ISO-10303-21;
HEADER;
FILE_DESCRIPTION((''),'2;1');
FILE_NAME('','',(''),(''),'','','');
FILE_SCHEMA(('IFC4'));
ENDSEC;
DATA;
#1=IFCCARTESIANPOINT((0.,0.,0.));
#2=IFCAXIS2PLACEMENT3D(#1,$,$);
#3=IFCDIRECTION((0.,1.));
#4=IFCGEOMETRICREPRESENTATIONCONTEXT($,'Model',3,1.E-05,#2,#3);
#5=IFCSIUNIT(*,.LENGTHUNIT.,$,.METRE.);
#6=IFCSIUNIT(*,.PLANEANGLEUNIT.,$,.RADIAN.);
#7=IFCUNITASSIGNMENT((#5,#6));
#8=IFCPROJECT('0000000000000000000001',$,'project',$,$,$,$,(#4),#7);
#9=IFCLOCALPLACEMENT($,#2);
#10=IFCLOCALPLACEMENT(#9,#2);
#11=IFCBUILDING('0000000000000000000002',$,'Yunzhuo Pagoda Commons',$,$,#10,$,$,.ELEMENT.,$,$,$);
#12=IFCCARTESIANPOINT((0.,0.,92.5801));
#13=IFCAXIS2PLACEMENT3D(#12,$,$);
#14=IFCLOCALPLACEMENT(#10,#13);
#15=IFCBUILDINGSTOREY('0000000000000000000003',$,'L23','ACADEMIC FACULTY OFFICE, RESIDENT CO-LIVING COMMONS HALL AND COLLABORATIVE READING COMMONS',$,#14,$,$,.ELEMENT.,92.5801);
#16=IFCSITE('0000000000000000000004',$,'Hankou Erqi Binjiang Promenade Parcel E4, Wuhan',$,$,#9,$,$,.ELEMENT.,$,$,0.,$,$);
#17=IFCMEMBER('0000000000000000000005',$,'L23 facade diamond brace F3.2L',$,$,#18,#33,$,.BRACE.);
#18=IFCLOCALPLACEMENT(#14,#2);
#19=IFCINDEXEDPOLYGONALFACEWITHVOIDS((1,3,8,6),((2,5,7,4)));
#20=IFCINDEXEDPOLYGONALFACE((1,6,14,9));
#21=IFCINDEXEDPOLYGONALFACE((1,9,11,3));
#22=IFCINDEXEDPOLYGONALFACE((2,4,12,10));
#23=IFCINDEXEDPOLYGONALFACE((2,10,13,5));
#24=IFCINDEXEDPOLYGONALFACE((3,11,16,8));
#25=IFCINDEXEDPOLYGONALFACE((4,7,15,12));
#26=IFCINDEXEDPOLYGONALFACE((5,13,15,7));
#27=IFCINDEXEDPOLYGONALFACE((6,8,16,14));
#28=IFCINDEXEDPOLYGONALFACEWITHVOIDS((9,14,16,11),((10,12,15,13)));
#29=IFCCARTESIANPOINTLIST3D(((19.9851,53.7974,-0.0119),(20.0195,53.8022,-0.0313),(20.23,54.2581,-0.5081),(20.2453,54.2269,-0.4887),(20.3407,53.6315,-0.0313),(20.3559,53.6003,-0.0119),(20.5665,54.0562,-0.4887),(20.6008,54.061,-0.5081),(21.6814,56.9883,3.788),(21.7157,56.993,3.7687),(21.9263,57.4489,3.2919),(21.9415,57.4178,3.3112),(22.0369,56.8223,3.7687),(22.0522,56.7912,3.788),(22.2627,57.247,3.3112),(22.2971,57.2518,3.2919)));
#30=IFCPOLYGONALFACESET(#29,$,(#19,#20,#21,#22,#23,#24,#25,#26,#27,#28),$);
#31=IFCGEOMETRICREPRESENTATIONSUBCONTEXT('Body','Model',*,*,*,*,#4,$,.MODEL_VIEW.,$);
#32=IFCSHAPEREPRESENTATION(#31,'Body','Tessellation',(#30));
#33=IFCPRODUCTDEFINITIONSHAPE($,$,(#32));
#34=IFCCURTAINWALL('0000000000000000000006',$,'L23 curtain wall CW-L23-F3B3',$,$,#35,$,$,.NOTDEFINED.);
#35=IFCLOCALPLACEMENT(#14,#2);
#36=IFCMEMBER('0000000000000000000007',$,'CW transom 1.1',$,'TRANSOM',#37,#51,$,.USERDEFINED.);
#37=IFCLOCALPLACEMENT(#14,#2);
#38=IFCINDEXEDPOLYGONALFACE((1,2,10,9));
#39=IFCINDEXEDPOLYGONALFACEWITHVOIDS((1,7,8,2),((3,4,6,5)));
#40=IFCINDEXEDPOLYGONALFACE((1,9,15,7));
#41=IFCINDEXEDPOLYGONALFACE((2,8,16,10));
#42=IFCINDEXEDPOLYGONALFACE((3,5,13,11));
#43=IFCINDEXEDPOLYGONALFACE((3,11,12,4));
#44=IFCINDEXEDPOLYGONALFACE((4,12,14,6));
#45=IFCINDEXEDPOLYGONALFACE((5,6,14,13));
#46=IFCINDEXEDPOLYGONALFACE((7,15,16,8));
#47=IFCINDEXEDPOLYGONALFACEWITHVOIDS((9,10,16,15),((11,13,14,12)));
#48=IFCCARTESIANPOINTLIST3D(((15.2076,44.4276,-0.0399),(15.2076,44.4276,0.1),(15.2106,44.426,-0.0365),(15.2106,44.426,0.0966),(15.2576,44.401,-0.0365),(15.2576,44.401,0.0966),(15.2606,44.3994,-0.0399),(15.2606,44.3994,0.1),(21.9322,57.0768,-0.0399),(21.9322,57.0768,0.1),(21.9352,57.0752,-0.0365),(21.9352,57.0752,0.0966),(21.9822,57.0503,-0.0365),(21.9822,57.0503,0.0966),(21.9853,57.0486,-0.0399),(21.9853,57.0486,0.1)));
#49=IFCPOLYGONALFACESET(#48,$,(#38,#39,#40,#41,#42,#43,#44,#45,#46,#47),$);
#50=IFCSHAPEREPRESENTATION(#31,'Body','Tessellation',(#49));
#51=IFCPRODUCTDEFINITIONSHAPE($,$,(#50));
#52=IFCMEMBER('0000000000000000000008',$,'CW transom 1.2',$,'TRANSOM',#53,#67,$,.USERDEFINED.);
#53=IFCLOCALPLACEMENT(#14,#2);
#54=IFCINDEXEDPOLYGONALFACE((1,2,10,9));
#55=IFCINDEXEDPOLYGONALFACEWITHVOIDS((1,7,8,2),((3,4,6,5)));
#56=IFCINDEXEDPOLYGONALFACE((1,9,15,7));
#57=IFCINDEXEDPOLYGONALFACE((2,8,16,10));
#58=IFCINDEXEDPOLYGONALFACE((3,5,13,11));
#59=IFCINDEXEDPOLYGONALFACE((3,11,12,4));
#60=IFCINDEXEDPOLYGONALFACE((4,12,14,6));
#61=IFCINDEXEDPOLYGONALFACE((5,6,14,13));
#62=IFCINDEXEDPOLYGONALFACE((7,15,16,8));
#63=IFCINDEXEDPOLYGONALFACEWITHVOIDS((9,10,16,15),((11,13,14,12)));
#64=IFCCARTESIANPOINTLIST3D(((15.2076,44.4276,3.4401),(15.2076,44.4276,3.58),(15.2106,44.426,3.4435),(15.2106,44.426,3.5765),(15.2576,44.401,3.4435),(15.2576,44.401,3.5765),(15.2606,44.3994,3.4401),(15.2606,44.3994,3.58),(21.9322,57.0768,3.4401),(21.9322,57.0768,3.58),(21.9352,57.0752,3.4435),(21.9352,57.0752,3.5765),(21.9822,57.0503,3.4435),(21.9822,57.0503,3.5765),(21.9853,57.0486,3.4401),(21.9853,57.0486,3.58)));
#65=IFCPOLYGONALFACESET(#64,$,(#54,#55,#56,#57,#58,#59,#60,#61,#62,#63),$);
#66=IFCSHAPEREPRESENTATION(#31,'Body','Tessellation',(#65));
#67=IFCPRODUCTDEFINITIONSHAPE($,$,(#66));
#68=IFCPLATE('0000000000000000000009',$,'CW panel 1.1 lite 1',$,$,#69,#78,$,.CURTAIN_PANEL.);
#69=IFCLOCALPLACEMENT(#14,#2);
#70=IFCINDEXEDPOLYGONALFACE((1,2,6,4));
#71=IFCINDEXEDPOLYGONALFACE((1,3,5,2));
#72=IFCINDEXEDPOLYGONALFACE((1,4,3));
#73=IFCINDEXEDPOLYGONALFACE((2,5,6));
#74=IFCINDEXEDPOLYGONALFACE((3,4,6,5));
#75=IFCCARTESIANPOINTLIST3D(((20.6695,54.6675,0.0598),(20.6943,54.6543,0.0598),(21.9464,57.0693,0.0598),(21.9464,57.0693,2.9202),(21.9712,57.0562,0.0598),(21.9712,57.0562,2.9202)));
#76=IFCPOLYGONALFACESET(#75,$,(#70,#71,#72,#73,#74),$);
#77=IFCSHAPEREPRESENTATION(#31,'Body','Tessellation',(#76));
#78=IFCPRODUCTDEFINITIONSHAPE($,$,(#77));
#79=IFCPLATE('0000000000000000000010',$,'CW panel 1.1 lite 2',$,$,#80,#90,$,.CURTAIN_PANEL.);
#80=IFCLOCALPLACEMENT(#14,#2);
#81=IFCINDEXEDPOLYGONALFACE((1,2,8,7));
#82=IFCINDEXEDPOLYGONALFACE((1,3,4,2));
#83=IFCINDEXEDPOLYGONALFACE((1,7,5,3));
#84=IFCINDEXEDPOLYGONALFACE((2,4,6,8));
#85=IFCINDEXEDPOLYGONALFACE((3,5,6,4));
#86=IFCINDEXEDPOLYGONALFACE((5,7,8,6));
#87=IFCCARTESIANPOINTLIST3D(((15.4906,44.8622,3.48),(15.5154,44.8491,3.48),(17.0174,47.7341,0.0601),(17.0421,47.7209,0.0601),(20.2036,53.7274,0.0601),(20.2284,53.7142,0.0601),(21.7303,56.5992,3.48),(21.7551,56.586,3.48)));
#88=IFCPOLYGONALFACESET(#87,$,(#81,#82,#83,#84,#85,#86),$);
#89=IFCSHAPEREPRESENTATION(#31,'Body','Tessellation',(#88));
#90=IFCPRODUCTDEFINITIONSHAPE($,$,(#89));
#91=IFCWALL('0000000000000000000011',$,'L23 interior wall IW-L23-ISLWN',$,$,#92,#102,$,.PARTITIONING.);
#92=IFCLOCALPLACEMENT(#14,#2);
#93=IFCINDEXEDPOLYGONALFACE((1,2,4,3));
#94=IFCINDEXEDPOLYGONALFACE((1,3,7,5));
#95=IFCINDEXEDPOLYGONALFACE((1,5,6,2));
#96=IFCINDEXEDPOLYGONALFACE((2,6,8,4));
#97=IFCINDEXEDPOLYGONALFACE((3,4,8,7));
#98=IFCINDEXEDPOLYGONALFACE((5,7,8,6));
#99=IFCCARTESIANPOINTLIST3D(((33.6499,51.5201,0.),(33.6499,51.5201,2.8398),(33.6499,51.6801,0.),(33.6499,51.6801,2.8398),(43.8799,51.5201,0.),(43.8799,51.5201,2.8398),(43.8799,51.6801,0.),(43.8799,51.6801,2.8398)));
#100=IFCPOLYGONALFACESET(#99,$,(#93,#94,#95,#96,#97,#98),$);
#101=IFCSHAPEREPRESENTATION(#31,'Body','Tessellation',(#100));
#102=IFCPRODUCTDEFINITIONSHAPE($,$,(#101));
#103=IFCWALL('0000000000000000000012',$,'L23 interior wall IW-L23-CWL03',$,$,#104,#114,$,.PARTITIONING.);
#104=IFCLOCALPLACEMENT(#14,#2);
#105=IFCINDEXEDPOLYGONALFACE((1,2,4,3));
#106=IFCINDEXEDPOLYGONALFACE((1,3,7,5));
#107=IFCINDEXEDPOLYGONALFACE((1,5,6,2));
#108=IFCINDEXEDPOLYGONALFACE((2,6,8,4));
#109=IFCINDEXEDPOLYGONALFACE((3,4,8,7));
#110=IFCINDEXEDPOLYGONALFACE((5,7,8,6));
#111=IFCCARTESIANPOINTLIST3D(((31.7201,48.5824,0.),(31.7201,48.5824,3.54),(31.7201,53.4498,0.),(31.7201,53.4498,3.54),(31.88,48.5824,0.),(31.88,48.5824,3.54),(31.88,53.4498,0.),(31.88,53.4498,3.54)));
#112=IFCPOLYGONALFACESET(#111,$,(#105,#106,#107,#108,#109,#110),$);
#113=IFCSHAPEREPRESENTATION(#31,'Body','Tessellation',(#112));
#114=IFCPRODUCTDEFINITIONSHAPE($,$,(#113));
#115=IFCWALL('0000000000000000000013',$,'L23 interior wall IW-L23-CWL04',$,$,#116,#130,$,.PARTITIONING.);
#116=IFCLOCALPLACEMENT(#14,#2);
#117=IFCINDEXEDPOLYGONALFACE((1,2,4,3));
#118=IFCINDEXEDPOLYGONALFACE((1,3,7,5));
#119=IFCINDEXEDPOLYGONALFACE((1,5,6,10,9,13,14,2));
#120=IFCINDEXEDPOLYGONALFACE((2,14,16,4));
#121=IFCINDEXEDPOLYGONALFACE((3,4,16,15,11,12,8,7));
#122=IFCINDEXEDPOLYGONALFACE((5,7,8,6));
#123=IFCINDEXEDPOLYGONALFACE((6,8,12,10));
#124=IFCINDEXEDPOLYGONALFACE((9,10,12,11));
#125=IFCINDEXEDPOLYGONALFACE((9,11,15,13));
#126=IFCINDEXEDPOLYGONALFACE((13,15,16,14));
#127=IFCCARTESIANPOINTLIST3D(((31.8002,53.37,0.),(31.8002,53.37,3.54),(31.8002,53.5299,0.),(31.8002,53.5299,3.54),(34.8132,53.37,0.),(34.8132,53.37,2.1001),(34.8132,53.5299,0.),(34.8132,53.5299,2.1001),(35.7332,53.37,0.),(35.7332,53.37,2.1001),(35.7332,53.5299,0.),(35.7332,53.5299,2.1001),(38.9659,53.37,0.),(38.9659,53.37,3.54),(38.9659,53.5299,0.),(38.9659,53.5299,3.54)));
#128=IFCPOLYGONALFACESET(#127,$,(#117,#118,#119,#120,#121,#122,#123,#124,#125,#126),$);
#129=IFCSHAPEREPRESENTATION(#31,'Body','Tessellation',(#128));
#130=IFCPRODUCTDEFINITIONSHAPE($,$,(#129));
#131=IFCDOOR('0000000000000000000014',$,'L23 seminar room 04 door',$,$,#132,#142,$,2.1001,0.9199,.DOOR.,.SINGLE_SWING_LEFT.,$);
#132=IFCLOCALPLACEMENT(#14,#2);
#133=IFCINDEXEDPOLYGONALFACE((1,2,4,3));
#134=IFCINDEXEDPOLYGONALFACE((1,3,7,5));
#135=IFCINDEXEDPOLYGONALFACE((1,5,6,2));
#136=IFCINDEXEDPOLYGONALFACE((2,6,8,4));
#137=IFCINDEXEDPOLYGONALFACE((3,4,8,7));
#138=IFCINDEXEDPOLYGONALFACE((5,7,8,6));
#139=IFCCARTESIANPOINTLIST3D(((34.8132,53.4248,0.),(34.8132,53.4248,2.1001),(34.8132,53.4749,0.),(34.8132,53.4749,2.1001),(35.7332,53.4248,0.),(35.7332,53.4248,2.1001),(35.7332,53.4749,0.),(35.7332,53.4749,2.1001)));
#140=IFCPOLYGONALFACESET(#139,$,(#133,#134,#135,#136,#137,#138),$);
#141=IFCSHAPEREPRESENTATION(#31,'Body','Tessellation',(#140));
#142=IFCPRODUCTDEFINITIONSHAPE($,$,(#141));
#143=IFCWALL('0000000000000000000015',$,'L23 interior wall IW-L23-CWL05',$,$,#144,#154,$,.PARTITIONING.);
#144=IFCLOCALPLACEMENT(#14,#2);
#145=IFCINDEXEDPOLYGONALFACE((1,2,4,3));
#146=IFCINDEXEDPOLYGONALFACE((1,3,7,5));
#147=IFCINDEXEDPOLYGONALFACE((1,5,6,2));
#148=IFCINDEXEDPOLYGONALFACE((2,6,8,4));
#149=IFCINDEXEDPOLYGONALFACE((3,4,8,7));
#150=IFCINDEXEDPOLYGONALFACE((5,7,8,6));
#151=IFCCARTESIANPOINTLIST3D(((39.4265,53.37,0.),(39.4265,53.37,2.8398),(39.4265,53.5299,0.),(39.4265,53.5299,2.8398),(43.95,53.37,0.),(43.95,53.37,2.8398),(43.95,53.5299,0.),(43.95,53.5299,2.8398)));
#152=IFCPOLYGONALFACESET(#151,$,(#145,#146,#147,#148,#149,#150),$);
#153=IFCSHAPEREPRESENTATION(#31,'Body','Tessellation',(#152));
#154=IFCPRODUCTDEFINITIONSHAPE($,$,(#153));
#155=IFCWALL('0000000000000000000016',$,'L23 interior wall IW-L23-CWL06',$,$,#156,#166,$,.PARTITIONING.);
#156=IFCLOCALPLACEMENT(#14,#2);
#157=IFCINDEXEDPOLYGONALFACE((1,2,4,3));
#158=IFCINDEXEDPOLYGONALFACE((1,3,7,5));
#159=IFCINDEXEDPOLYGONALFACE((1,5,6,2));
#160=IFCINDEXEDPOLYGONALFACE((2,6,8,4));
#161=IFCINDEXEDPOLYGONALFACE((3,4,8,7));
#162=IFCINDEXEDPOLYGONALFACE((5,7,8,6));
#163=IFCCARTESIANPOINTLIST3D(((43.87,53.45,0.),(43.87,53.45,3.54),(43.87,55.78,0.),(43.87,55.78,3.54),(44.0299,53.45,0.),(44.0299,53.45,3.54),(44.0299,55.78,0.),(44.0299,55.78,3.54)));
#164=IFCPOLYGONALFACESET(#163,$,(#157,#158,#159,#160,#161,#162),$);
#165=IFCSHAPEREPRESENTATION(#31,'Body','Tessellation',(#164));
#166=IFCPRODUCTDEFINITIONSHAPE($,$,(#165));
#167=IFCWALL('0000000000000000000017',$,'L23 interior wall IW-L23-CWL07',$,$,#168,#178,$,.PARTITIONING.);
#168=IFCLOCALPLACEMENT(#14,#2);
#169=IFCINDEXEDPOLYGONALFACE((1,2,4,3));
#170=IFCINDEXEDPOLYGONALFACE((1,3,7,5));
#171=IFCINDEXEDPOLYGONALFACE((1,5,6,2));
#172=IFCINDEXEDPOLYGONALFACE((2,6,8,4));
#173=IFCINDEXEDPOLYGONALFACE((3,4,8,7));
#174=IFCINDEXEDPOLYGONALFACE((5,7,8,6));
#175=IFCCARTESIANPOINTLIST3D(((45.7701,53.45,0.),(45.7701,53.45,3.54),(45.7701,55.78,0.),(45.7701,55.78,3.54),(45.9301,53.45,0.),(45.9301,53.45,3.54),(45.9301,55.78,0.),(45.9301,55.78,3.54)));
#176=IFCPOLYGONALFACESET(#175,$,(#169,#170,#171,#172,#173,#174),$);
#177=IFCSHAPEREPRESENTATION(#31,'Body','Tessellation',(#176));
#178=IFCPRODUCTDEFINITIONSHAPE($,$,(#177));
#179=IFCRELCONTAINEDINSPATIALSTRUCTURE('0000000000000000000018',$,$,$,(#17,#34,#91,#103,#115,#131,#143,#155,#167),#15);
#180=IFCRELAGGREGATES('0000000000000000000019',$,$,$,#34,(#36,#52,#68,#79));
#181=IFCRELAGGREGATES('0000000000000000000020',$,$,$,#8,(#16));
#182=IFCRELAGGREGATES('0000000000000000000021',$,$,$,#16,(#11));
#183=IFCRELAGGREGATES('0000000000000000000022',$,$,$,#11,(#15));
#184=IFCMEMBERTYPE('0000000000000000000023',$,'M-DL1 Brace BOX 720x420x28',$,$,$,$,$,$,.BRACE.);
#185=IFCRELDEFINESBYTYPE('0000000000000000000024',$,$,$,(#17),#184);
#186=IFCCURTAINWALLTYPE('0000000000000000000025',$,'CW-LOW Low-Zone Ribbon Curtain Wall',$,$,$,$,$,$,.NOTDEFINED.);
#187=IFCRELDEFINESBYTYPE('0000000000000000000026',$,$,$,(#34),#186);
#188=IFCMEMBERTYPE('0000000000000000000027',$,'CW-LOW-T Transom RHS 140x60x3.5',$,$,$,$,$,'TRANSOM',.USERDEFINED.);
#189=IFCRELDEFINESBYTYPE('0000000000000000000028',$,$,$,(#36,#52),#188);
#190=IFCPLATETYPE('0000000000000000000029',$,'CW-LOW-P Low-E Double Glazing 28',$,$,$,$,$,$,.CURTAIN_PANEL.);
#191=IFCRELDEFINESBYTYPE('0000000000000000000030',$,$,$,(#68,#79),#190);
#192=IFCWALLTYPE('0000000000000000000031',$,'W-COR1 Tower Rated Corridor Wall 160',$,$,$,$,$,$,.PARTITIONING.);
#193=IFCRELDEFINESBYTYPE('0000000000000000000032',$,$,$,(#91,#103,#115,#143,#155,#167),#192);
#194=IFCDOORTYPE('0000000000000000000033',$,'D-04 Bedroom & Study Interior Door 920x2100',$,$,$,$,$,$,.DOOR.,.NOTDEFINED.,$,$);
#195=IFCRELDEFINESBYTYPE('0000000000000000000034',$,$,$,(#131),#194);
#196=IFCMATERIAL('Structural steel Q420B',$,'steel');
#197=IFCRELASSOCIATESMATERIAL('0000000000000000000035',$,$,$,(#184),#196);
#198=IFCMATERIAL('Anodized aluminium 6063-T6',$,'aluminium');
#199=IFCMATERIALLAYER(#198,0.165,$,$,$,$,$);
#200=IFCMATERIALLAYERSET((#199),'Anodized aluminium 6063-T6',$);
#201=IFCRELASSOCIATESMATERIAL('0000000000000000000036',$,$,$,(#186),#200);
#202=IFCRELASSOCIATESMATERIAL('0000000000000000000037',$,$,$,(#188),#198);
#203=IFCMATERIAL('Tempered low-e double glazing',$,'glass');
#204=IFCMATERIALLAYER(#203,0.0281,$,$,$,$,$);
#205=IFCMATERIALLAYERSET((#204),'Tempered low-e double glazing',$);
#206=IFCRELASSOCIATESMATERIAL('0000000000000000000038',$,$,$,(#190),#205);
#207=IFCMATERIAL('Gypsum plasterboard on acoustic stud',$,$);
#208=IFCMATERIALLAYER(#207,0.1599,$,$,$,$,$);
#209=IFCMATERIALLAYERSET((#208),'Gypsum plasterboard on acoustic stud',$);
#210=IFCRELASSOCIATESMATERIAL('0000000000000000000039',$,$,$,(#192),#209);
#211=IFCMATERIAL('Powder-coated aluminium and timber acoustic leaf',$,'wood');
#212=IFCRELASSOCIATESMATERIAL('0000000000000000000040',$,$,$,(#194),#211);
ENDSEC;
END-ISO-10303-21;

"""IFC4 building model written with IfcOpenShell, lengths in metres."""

from ifc_helpers import new_model, si_unit, direction, frame, frame_2d, origin, origin_with_axes, origin_2d, place, context, subcontext, project, spatial, polyline, rectangle, hollow_rectangle, outline, extrude, source, transform, mapped, material, layer, layer_set, material_profile, profile_set, type_object, element, fill, aggregate, save


model = new_model("IFC4")

# Units and contexts
model_context = context("Model", 3, precision=1e-05, world=origin(), true_north=direction((0.0, 1.0)))
body_context = subcontext(model_context, "Body", "Model", "MODEL_VIEW")
ifc_project = project(units=[si_unit("LENGTHUNIT", "METRE"), si_unit("PLANEANGLEUNIT", "RADIAN")], contexts=[model_context])

# Site, building, storey
site_placement = place(None, origin())
site = spatial("IfcSite", under=ifc_project, at=site_placement, Name="Hankou Erqi Binjiang Promenade Parcel E4, Wuhan", CompositionType="ELEMENT", RefElevation=0.0)
building_placement = place(site_placement, origin())
building = spatial("IfcBuilding", under=site, at=building_placement, Name="Yunzhuo Pagoda Commons", CompositionType="ELEMENT")
storey_placement = place(building_placement, frame((0.0, 0.0, 92.5801)))
storey = spatial("IfcBuildingStorey", under=building, at=storey_placement, Name="L23", Description="ACADEMIC FACULTY OFFICE, RESIDENT CO-LIVING COMMONS HALL AND COLLABORATIVE READING COMMONS", CompositionType="ELEMENT", Elevation=92.5801)

# Shared definitions
ifc_material_1 = material(Name="Structural steel Q420B", Category="steel")

# Member
ifc_material_profile_1 = material_profile(ifc_material_1, hollow_rectangle(XDim=0.4199, YDim=0.72, WallThickness=0.0281, at=origin_2d()), Name="Structural steel Q420B")
ifc_profile_set_1 = profile_set([ifc_material_profile_1], Name="Structural steel Q420B")
member_type_1 = type_object("IfcMemberType", Name="M-DL1 Brace BOX 720x420x28", PredefinedType="BRACE", material=ifc_profile_set_1)
shared_shape_1 = source(origin(), body_context, "Body", "SweptSolid", [
    extrude(hollow_rectangle(XDim=0.4199, YDim=0.72, WallThickness=0.0281, at=origin_2d()), origin(), (0.0, 0.0, 1.0), 5.2439),
])
member_1_placement = place(storey_placement, frame((20.293, 53.9292, -0.26), z_axis=(0.323471, 0.608487, 0.724645), x_axis=(-0.882988, 0.469396, 0.0)))
element("IfcMember", 1, at=member_1_placement, inside=storey, type_object=member_type_1, Name="L23 facade diamond brace F3.2L", PredefinedType="BRACE", context=body_context, shape_type="MappedRepresentation", body=[
    mapped(shared_shape_1, transform((0.0, 0.0, 0.0), scale=1.0)),
])

# Curtain wall, members, plates
ifc_material_2 = material(Name="Anodized aluminium 6063-T6", Category="aluminium")
ifc_layer_1 = layer(ifc_material_2, 0.165)
ifc_layer_set_1 = layer_set([ifc_layer_1], Name="Anodized aluminium 6063-T6")
curtain_wall_type = type_object("IfcCurtainWallType", Name="CW-LOW Low-Zone Ribbon Curtain Wall", PredefinedType="NOTDEFINED", material=ifc_layer_set_1)
curtain_wall_placement = place(storey_placement, origin())
curtain_wall = element("IfcCurtainWall", 2, at=curtain_wall_placement, inside=storey, type_object=curtain_wall_type, Name="L23 curtain wall CW-L23-F3B3", PredefinedType="NOTDEFINED")
ifc_material_profile_2 = material_profile(ifc_material_2, hollow_rectangle(XDim=0.0601, YDim=0.1399, WallThickness=0.0034, at=origin_2d()), Name="Anodized aluminium 6063-T6")
ifc_profile_set_2 = profile_set([ifc_material_profile_2], Name="Anodized aluminium 6063-T6")
member_type_2 = type_object("IfcMemberType", Name="CW-LOW-T Transom RHS 140x60x3.5", ElementType="TRANSOM", PredefinedType="USERDEFINED", material=ifc_profile_set_2)
shared_shape_2 = source(origin(), body_context, "Body", "SweptSolid", [
    extrude(hollow_rectangle(XDim=0.0601, YDim=0.1399, WallThickness=0.0034, at=origin_2d()), origin(), (0.0, 0.0, 1.0), 14.3257),
])
member_2_placement = place(storey_placement, frame((21.9587, 57.0627, 0.03), z_axis=(-0.469413, -0.882979, 0.0), x_axis=(0.882979, -0.469413, 0.0)))
member_2 = element("IfcMember", 3, at=member_2_placement, type_object=member_type_2, Name="CW transom 1.1", ObjectType="TRANSOM", PredefinedType="USERDEFINED", context=body_context, shape_type="MappedRepresentation", body=[
    mapped(shared_shape_2, transform((0.0, 0.0, 0.0), scale=1.0)),
])
member_3_placement = place(storey_placement, frame((21.9587, 57.0627, 3.51), z_axis=(-0.469413, -0.882979, 0.0), x_axis=(0.882979, -0.469413, 0.0)))
member_3 = element("IfcMember", 4, at=member_3_placement, type_object=member_type_2, Name="CW transom 1.2", ObjectType="TRANSOM", PredefinedType="USERDEFINED", context=body_context, shape_type="MappedRepresentation", body=[
    mapped(shared_shape_2, transform((0.0, 0.0, 0.0), scale=1.0)),
])
ifc_material_3 = material(Name="Tempered low-e double glazing", Category="glass")
ifc_layer_2 = layer(ifc_material_3, 0.0281)
ifc_layer_set_2 = layer_set([ifc_layer_2], Name="Tempered low-e double glazing")
plate_type = type_object("IfcPlateType", Name="CW-LOW-P Low-E Double Glazing 28", PredefinedType="CURTAIN_PANEL", material=ifc_layer_set_2)
plate_1_placement = place(storey_placement, frame((21.3328, 55.8552, 1.49), z_axis=(-0.882976, 0.469418, 0.0), x_axis=(-0.469418, -0.882976, 0.0)))
plate_1 = element("IfcPlate", 5, at=plate_1_placement, type_object=plate_type, Name="CW panel 1.1 lite 1", PredefinedType="CURTAIN_PANEL", context=body_context, shape_type="SweptSolid", body=[
    extrude(outline(polyline([(-1.3601, -1.4302), (1.3601, -1.4302), (-1.3601, 1.4302), (-1.3601, -1.4302)])), origin(), (0.0, 0.0, 1.0), 0.0281),
])
plate_2_placement = place(storey_placement, frame((18.6353, 50.7175, 1.77), z_axis=(-0.882976, 0.469418, 0.0), x_axis=(-0.469418, -0.882976, 0.0)))
plate_2 = element("IfcPlate", 6, at=plate_2_placement, type_object=plate_type, Name="CW panel 1.1 lite 2", PredefinedType="CURTAIN_PANEL", context=body_context, shape_type="SweptSolid", body=[
    extrude(outline(polyline([(-6.6462, 1.71), (-3.3938, -1.71), (3.3938, -1.71), (6.6462, 1.71), (-6.6462, 1.71)])), origin(), (0.0, 0.0, 1.0), 0.0281),
])
aggregate(curtain_wall, [member_2, member_3, plate_1, plate_2])

# Walls
ifc_material_4 = material(Name="Gypsum plasterboard on acoustic stud")
ifc_layer_3 = layer(ifc_material_4, 0.1599)
ifc_layer_set_3 = layer_set([ifc_layer_3], Name="Gypsum plasterboard on acoustic stud")
wall_type_1 = type_object("IfcWallType", Name="W-COR1 Tower Rated Corridor Wall 160", PredefinedType="PARTITIONING", material=ifc_layer_set_3)
wall_1_placement = place(storey_placement, frame((33.6499, 51.6001, 0.0), z_axis=(0.0, 0.0, 1.0), x_axis=(1.0, 0.0, 0.0)))
element("IfcWall", 7, at=wall_1_placement, inside=storey, type_object=wall_type_1, Name="L23 interior wall IW-L23-ISLWN", PredefinedType="PARTITIONING", context=body_context, shape_type="SweptSolid", body=[
    extrude(rectangle(XDim=10.23, YDim=0.1599, at=frame_2d((5.115, 0.0))), origin(), (0.0, 0.0, 1.0), 2.8398),
])
wall_2_placement = place(storey_placement, frame((31.8, 48.5825, 0.0), z_axis=(0.0, 0.0, 1.0), x_axis=(0.0, 1.0, 0.0)))
element("IfcWall", 8, at=wall_2_placement, inside=storey, type_object=wall_type_1, Name="L23 interior wall IW-L23-CWL03", PredefinedType="PARTITIONING", context=body_context, shape_type="SweptSolid", body=[
    extrude(rectangle(XDim=4.8674, YDim=0.1599, at=frame_2d((2.4336, 0.0))), origin(), (0.0, 0.0, 1.0), 3.54),
])

# Wall, opening, door
wall_3_placement = place(storey_placement, frame((31.8, 53.45, 0.0), z_axis=(0.0, 0.0, 1.0), x_axis=(1.0, 0.0, 0.0)))
wall_3 = element("IfcWall", 9, at=wall_3_placement, inside=storey, type_object=wall_type_1, Name="L23 interior wall IW-L23-CWL04", PredefinedType="PARTITIONING", context=body_context, shape_type="SweptSolid", body=[
    extrude(rectangle(XDim=7.1658, YDim=0.1599, at=frame_2d((3.583, 0.0))), origin(), (0.0, 0.0, 1.0), 3.54),
])
opening_1_placement = place(wall_3_placement, frame((3.0132, 0.0, 0.0)))
opening_1 = element("IfcOpeningElement", 10, at=opening_1_placement, cuts=wall_3, PredefinedType="OPENING", context=body_context, shape_type="SweptSolid", body=[
    extrude(rectangle(XDim=0.9199, YDim=2.1001, at=frame_2d((0.46, 1.05))), frame((0.0, 0.0898, 0.0), z_axis=(0.0, -1.0, 0.0), x_axis=(1.0, 0.0, 0.0)), (0.0, 0.0, 1.0), 0.1799),
])
ifc_material_5 = material(Name="Powder-coated aluminium and timber acoustic leaf", Category="wood")
door_type_1 = type_object("IfcDoorType", Name="D-04 Bedroom & Study Interior Door 920x2100", OperationType="NOTDEFINED", PredefinedType="DOOR", material=ifc_material_5)
shared_shape_3 = source(origin(), body_context, "Body", "SweptSolid", [
    extrude(rectangle(XDim=0.9199, YDim=2.1001, at=frame_2d((0.46, 1.05))), frame((0.0, 0.0249, 0.0), z_axis=(0.0, -1.0, 0.0), x_axis=(1.0, 0.0, 0.0)), (0.0, 0.0, 1.0), 0.05),
])
door_1_placement = place(opening_1_placement, origin_with_axes())
door_1 = element("IfcDoor", 11, at=door_1_placement, inside=storey, type_object=door_type_1, Name="L23 seminar room 04 door", OperationType="SINGLE_SWING_LEFT", OverallHeight=2.1001, OverallWidth=0.9199, PredefinedType="DOOR", context=body_context, shape_type="MappedRepresentation", body=[
    mapped(shared_shape_3, transform((0.0, 0.0, 0.0), scale=1.0)),
])
fill(opening_1, door_1)

# Walls
wall_4_placement = place(storey_placement, frame((39.4265, 53.45, 0.0), z_axis=(0.0, 0.0, 1.0), x_axis=(1.0, 0.0, 0.0)))
element("IfcWall", 12, at=wall_4_placement, inside=storey, type_object=wall_type_1, Name="L23 interior wall IW-L23-CWL05", PredefinedType="PARTITIONING", context=body_context, shape_type="SweptSolid", body=[
    extrude(rectangle(XDim=4.5234, YDim=0.1599, at=frame_2d((2.2617, 0.0))), origin(), (0.0, 0.0, 1.0), 2.8398),
])
for number, where, z_axis, x_axis, name in (
    (13, (43.95, 53.45, 0.0), (0.0, 0.0, 1.0), (0.0, 1.0, 0.0), "L23 interior wall IW-L23-CWL06"),
    (14, (45.8501, 55.78, 0.0), (0.0, 0.0, 1.0), (0.0, -1.0, 0.0), "L23 interior wall IW-L23-CWL07"),
):
    element("IfcWall", number, at=place(storey_placement, frame(where, z_axis=z_axis, x_axis=x_axis)), inside=storey, type_object=wall_type_1, Name=name, PredefinedType="PARTITIONING", context=body_context, shape_type="SweptSolid", body=[
        extrude(rectangle(XDim=2.3301, YDim=0.1599, at=frame_2d((1.165, 0.0))), origin(), (0.0, 0.0, 1.0), 3.54),
    ])

save(model, "model.ifc")
